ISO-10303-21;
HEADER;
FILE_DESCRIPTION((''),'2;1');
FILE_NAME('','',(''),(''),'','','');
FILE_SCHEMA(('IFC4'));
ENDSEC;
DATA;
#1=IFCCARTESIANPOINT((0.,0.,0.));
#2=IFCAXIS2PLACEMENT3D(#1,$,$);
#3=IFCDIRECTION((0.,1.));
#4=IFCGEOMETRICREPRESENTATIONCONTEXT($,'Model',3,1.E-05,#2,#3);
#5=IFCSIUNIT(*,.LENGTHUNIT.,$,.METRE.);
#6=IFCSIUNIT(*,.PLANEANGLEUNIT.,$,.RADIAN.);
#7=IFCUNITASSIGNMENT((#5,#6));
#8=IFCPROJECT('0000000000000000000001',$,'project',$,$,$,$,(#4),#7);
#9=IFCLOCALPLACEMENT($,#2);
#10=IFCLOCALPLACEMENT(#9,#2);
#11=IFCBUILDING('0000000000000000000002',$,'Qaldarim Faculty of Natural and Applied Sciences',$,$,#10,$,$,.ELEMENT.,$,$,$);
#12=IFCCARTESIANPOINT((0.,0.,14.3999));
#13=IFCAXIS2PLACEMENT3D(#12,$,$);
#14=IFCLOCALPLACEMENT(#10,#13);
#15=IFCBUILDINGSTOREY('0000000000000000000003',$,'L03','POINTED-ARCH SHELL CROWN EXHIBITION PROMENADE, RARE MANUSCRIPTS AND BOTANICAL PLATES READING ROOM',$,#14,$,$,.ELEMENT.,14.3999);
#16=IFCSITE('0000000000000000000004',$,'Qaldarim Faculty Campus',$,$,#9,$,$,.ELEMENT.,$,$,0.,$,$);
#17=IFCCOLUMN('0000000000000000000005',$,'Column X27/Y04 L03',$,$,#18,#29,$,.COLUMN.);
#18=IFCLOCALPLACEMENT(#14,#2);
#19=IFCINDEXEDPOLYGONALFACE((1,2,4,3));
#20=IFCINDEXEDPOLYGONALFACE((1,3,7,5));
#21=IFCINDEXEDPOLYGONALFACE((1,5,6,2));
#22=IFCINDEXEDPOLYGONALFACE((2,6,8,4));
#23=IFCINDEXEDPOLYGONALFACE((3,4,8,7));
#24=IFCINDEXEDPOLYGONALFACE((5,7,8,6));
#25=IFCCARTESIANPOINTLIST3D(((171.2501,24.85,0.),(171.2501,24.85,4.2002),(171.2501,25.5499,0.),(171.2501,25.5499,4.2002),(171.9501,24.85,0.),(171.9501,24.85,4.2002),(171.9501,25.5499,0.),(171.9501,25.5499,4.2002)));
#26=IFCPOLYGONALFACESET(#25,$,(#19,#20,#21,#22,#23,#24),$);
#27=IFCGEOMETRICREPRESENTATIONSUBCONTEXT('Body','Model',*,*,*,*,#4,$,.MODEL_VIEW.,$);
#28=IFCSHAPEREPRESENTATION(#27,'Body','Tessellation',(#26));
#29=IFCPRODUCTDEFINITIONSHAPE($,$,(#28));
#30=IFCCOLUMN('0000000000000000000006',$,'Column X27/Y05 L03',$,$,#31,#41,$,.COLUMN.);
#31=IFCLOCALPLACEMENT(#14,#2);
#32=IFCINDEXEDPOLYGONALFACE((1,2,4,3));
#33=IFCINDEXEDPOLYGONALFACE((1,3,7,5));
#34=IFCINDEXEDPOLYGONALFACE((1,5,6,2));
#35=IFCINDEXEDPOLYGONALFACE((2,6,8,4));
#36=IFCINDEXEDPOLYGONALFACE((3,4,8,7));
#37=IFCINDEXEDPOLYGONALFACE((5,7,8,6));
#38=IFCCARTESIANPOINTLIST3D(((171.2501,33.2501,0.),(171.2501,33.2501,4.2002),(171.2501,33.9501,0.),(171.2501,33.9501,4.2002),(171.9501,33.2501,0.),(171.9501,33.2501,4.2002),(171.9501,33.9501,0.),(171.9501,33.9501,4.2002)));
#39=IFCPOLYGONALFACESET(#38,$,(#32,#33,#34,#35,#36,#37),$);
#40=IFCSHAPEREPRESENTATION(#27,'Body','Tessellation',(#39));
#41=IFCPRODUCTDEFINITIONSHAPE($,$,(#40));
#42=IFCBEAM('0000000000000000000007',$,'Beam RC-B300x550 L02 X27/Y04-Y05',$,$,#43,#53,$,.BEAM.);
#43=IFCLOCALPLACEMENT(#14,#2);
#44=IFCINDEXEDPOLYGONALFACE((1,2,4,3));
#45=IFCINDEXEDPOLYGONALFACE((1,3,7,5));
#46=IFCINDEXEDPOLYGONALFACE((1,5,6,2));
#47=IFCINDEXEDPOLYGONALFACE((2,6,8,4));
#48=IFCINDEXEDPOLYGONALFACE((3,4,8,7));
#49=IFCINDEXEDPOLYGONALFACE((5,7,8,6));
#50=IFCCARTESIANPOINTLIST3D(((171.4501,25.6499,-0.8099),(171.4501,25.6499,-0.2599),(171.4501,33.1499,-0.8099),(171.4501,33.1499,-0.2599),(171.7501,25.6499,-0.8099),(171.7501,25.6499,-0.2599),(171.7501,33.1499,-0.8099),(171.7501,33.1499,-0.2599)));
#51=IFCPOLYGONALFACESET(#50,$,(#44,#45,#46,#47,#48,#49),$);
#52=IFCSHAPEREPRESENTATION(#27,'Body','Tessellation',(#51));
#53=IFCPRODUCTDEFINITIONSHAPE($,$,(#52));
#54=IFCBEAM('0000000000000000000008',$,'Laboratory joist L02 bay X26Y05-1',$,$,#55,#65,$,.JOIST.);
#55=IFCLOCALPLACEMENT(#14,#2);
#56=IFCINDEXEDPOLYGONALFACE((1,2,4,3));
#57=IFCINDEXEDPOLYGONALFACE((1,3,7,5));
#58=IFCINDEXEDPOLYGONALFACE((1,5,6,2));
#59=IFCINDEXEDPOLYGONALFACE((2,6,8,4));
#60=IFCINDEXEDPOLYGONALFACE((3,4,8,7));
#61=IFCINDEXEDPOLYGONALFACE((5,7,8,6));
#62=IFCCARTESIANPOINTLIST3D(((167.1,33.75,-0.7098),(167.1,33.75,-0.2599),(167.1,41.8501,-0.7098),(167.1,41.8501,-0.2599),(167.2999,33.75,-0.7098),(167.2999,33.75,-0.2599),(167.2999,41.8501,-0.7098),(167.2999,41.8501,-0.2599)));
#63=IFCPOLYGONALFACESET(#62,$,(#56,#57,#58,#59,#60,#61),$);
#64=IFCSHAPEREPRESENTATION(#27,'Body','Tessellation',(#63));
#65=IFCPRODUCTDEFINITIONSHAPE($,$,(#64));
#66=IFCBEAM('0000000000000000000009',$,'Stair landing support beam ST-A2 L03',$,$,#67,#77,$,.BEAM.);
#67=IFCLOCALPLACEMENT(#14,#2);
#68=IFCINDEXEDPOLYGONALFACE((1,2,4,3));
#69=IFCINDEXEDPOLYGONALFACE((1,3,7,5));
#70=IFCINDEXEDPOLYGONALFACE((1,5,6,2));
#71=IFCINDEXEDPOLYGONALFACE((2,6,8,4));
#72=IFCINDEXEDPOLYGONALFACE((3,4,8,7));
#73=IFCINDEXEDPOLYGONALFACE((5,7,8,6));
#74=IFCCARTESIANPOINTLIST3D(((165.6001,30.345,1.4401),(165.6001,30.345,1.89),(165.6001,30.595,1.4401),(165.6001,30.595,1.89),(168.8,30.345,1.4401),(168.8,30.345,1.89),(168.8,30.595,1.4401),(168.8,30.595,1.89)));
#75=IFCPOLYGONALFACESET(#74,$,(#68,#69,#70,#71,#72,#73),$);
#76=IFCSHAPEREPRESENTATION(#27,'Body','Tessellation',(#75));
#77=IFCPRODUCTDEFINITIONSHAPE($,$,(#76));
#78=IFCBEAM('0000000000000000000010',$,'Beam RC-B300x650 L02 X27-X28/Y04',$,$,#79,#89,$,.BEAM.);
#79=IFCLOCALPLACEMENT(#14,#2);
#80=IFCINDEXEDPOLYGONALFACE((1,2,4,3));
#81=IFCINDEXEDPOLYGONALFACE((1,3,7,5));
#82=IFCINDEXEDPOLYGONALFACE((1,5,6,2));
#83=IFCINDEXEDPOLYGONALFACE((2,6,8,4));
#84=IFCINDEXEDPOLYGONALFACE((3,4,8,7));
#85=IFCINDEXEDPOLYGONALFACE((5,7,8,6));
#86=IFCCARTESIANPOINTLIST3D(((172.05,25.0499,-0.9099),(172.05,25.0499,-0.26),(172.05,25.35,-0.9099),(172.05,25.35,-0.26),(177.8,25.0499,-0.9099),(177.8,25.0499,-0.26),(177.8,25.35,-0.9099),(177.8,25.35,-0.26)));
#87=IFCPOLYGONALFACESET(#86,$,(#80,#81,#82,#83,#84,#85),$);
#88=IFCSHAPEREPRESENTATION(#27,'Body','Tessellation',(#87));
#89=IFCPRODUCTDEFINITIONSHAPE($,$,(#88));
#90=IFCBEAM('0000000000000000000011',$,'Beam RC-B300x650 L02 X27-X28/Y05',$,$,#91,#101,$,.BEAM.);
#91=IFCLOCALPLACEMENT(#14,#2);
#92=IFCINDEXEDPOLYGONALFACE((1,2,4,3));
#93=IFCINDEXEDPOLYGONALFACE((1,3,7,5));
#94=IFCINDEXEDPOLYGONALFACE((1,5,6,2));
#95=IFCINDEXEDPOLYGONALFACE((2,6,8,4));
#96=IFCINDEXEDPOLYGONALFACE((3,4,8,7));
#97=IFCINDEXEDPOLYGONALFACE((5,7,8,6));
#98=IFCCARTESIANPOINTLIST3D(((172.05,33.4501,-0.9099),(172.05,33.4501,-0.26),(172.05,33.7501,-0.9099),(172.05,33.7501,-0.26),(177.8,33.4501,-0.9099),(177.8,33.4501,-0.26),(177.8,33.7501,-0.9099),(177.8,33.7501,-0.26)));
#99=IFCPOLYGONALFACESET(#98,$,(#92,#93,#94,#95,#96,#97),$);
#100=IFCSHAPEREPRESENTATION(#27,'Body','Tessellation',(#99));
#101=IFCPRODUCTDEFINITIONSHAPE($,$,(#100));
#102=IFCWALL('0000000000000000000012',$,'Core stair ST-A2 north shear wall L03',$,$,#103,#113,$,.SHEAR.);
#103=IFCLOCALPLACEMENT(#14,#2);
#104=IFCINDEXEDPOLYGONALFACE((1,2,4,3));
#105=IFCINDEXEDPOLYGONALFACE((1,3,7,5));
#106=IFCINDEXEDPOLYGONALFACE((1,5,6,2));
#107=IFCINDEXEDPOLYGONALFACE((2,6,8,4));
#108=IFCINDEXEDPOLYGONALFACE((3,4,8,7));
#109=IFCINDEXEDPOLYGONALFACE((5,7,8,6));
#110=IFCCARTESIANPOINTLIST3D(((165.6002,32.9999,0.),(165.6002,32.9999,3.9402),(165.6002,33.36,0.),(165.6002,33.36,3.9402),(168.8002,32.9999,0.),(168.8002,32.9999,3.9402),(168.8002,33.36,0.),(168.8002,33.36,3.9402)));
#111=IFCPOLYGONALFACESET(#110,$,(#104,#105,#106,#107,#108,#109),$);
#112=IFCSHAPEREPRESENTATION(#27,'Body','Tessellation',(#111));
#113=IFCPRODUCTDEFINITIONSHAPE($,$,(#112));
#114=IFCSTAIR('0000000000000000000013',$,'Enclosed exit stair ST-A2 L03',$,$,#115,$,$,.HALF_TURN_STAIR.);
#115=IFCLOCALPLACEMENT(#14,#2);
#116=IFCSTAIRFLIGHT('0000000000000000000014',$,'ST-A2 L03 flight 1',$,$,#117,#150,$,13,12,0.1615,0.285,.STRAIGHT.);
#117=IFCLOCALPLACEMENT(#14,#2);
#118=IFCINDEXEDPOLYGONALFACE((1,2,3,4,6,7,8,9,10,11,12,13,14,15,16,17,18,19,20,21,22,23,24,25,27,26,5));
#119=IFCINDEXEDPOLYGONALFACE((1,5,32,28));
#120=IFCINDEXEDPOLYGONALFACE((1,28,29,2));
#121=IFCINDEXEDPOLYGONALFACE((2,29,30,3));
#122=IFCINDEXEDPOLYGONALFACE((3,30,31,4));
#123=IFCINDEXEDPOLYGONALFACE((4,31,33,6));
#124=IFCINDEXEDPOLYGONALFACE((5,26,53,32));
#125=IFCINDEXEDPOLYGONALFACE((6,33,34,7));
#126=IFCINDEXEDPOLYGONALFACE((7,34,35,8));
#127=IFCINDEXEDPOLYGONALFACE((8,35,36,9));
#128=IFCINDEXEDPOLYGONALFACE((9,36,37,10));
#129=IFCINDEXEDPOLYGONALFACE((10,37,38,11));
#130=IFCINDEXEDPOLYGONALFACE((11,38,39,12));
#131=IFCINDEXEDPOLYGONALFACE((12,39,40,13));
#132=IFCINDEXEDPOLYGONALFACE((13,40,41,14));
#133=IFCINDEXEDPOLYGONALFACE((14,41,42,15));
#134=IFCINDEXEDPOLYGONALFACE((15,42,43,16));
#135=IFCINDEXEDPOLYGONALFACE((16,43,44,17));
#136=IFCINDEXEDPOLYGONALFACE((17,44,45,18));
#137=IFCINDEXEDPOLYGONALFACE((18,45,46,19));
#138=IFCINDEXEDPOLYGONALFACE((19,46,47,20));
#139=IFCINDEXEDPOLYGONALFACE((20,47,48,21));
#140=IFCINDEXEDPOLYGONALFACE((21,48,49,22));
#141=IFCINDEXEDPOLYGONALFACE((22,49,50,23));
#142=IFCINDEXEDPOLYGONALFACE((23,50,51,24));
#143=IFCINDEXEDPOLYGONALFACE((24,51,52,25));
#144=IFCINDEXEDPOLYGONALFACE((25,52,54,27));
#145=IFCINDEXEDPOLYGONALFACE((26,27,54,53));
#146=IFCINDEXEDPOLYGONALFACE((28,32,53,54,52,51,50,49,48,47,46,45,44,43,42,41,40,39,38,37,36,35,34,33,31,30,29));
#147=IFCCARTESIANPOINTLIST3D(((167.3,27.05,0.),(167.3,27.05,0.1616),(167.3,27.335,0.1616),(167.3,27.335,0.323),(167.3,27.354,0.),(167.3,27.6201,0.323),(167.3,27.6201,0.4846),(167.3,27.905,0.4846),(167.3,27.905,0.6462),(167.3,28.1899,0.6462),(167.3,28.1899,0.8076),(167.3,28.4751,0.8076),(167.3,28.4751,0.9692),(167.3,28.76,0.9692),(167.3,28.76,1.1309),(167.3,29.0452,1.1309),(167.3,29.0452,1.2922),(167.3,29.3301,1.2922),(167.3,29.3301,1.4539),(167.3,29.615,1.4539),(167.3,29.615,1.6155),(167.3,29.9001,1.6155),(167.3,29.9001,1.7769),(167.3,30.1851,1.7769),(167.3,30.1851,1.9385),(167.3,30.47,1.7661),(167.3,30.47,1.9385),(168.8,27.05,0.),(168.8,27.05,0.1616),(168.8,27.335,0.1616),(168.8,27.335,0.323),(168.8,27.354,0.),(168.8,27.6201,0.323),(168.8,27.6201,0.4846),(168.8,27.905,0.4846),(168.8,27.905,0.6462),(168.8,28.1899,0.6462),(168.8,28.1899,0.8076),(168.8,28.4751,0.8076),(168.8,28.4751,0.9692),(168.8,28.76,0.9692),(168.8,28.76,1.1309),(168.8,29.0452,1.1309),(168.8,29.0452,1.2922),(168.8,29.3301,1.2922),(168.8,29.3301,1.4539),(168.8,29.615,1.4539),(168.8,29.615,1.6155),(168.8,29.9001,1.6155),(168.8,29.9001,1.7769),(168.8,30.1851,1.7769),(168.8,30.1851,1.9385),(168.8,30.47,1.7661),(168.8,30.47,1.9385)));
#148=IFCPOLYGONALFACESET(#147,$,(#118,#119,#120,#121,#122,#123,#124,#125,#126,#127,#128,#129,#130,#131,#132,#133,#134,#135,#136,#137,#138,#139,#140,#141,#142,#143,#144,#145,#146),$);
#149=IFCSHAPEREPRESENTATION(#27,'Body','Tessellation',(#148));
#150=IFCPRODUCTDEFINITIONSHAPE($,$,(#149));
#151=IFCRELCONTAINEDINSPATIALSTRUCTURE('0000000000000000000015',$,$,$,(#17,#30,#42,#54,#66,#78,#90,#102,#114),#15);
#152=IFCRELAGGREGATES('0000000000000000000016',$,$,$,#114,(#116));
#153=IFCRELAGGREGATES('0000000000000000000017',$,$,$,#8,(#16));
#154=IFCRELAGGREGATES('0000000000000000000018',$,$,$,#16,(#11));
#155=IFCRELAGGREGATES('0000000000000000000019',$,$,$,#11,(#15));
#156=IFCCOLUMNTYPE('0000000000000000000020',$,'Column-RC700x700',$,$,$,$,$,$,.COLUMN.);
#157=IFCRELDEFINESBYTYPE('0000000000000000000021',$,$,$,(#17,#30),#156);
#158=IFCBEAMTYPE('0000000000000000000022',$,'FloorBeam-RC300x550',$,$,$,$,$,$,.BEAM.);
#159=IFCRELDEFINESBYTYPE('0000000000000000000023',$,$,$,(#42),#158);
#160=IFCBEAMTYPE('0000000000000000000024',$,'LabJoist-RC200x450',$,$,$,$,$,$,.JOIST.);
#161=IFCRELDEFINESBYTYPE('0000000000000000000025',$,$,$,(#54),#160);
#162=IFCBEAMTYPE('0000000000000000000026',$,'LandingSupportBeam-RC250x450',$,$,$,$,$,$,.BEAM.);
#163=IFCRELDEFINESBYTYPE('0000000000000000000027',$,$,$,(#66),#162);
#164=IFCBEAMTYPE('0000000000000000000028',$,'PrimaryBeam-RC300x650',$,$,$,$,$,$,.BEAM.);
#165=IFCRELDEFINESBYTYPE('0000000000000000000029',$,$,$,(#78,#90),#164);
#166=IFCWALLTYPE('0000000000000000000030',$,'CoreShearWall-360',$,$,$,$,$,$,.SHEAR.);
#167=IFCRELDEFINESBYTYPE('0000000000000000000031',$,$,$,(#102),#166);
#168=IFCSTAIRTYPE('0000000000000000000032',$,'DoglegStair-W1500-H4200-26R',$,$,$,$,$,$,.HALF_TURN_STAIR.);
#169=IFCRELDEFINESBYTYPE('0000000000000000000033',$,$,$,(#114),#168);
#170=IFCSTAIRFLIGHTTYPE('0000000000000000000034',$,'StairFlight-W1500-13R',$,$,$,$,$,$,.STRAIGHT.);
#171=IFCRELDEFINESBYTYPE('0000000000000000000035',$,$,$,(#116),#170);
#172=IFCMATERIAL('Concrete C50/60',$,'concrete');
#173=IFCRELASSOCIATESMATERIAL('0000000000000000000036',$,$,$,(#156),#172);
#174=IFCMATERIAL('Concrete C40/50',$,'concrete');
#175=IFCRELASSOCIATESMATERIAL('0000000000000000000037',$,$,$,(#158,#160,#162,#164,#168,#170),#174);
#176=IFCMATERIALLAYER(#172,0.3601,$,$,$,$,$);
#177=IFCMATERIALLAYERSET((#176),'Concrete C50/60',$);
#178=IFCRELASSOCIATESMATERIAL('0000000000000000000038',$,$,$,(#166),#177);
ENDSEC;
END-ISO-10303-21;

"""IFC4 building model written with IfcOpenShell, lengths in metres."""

from ifc_helpers import new_model, si_unit, direction, frame, frame_2d, origin, origin_2d, place, context, subcontext, project, spatial, polyline, rectangle, outline, extrude, material, layer, layer_set, material_profile, profile_set, type_object, element, aggregate, save


model = new_model("IFC4")

# Units and contexts
model_context = context("Model", 3, precision=1e-05, world=origin(), true_north=direction((0.0, 1.0)))
body_context = subcontext(model_context, "Body", "Model", "MODEL_VIEW")
ifc_project = project(units=[si_unit("LENGTHUNIT", "METRE"), si_unit("PLANEANGLEUNIT", "RADIAN")], contexts=[model_context])

# Site, building, storey
site_placement = place(None, origin())
site = spatial("IfcSite", under=ifc_project, at=site_placement, Name="Qaldarim Faculty Campus", CompositionType="ELEMENT", RefElevation=0.0)
building_placement = place(site_placement, origin())
building = spatial("IfcBuilding", under=site, at=building_placement, Name="Qaldarim Faculty of Natural and Applied Sciences", CompositionType="ELEMENT")
storey_placement = place(building_placement, frame((0.0, 0.0, 14.3999)))
storey = spatial("IfcBuildingStorey", under=building, at=storey_placement, Name="L03", Description="POINTED-ARCH SHELL CROWN EXHIBITION PROMENADE, RARE MANUSCRIPTS AND BOTANICAL PLATES READING ROOM", CompositionType="ELEMENT", Elevation=14.3999)

# Columns
ifc_material_1 = material(Name="Concrete C50/60", Category="concrete")
ifc_material_profile_1 = material_profile(ifc_material_1, rectangle(XDim=0.7, YDim=0.7, at=origin_2d()), Name="RC-C700x700")
ifc_profile_set_1 = profile_set([ifc_material_profile_1], Name="Concrete C50/60")
column_type = type_object("IfcColumnType", Name="Column-RC700x700", PredefinedType="COLUMN", material=ifc_profile_set_1)
for number, where, z_axis, x_axis, name in (
    (1, (171.6001, 25.2, 0.0), (0.0, 0.0, 1.0), (1.0, 0.0, 0.0), "Column X27/Y04 L03"),
    (2, (171.6001, 33.6001, 0.0), (0.0, 0.0, 1.0), (1.0, 0.0, 0.0), "Column X27/Y05 L03"),
):
    element("IfcColumn", number, at=place(storey_placement, frame(where, z_axis=z_axis, x_axis=x_axis)), inside=storey, type_object=column_type, Name=name, PredefinedType="COLUMN", context=body_context, shape_type="SweptSolid", body=[
        extrude(rectangle(XDim=0.7, YDim=0.7, at=origin_2d()), origin(), (0.0, 0.0, 1.0), 4.2002),
    ])

# Beams
ifc_material_2 = material(Name="Concrete C40/50", Category="concrete")
ifc_material_profile_2 = material_profile(ifc_material_2, rectangle(XDim=0.3, YDim=0.55, at=origin_2d()), Name="RC-B300x550")
ifc_profile_set_2 = profile_set([ifc_material_profile_2], Name="Concrete C40/50")
beam_type_1 = type_object("IfcBeamType", Name="FloorBeam-RC300x550", PredefinedType="BEAM", material=ifc_profile_set_2)
beam_1_placement = place(storey_placement, frame((171.6001, 25.6499, -0.5349), z_axis=(0.0, 1.0, 0.0), x_axis=(-1.0, 0.0, 0.0)))
element("IfcBeam", 3, at=beam_1_placement, inside=storey, type_object=beam_type_1, Name="Beam RC-B300x550 L02 X27/Y04-Y05", PredefinedType="BEAM", context=body_context, shape_type="SweptSolid", body=[
    extrude(rectangle(XDim=0.3, YDim=0.55, at=origin_2d()), origin(), (0.0, 0.0, 1.0), 7.5),
])
ifc_material_profile_3 = material_profile(ifc_material_2, rectangle(XDim=0.2, YDim=0.45, at=origin_2d()), Name="RC-J200x450")
ifc_profile_set_3 = profile_set([ifc_material_profile_3], Name="Concrete C40/50")
beam_type_2 = type_object("IfcBeamType", Name="LabJoist-RC200x450", PredefinedType="JOIST", material=ifc_profile_set_3)
beam_2_placement = place(storey_placement, frame((167.2, 33.75, -0.4849), z_axis=(0.0, 1.0, 0.0), x_axis=(-1.0, 0.0, 0.0)))
element("IfcBeam", 4, at=beam_2_placement, inside=storey, type_object=beam_type_2, Name="Laboratory joist L02 bay X26Y05-1", PredefinedType="JOIST", context=body_context, shape_type="SweptSolid", body=[
    extrude(rectangle(XDim=0.2, YDim=0.45, at=origin_2d()), origin(), (0.0, 0.0, 1.0), 8.1001),
])
ifc_material_profile_4 = material_profile(ifc_material_2, rectangle(XDim=0.25, YDim=0.45, at=origin_2d()), Name="RC-LN250x450")
ifc_profile_set_4 = profile_set([ifc_material_profile_4], Name="Concrete C40/50")
beam_type_3 = type_object("IfcBeamType", Name="LandingSupportBeam-RC250x450", PredefinedType="BEAM", material=ifc_profile_set_4)
beam_3_placement = place(storey_placement, frame((165.6001, 30.47, 1.665), z_axis=(1.0, 0.0, 0.0), x_axis=(0.0, 1.0, 0.0)))
element("IfcBeam", 5, at=beam_3_placement, inside=storey, type_object=beam_type_3, Name="Stair landing support beam ST-A2 L03", PredefinedType="BEAM", context=body_context, shape_type="SweptSolid", body=[
    extrude(rectangle(XDim=0.25, YDim=0.45, at=origin_2d()), origin(), (0.0, 0.0, 1.0), 3.2),
])
ifc_material_profile_5 = material_profile(ifc_material_2, rectangle(XDim=0.3, YDim=0.6499, at=origin_2d()), Name="RC-B300x650")
ifc_profile_set_5 = profile_set([ifc_material_profile_5], Name="Concrete C40/50")
beam_type_4 = type_object("IfcBeamType", Name="PrimaryBeam-RC300x650", PredefinedType="BEAM", material=ifc_profile_set_5)
for number, where, z_axis, x_axis, name in (
    (6, (172.05, 25.2, -0.585), (1.0, 0.0, 0.0), (0.0, 1.0, 0.0), "Beam RC-B300x650 L02 X27-X28/Y04"),
    (7, (172.05, 33.6001, -0.585), (1.0, 0.0, 0.0), (0.0, 1.0, 0.0), "Beam RC-B300x650 L02 X27-X28/Y05"),
):
    element("IfcBeam", number, at=place(storey_placement, frame(where, z_axis=z_axis, x_axis=x_axis)), inside=storey, type_object=beam_type_4, Name=name, PredefinedType="BEAM", context=body_context, shape_type="SweptSolid", body=[
        extrude(rectangle(XDim=0.3, YDim=0.6499, at=origin_2d()), origin(), (0.0, 0.0, 1.0), 5.75),
    ])

# Shared definitions
ifc_layer_1 = layer(ifc_material_1, 0.3601)
ifc_layer_set_1 = layer_set([ifc_layer_1], Name="Concrete C50/60")
wall_type_1 = type_object("IfcWallType", Name="CoreShearWall-360", PredefinedType="SHEAR", material=ifc_layer_set_1)

# Wall
wall_1_placement = place(storey_placement, frame((165.6001, 33.1799, 0.0), z_axis=(0.0, 0.0, 1.0), x_axis=(1.0, 0.0, 0.0)))
element("IfcWall", 8, at=wall_1_placement, inside=storey, type_object=wall_type_1, Name="Core stair ST-A2 north shear wall L03", PredefinedType="SHEAR", context=body_context, shape_type="SweptSolid", body=[
    extrude(rectangle(XDim=3.2, YDim=0.3601, at=frame_2d((1.6001, 0.0))), origin(), (0.0, 0.0, 1.0), 3.9402),
])

# Stair, stair flight
stair_type_1 = type_object("IfcStairType", Name="DoglegStair-W1500-H4200-26R", PredefinedType="HALF_TURN_STAIR", material=ifc_material_2)
stair_1_placement = place(storey_placement, origin())
stair_1 = element("IfcStair", 9, at=stair_1_placement, inside=storey, type_object=stair_type_1, Name="Enclosed exit stair ST-A2 L03", PredefinedType="HALF_TURN_STAIR")
stair_flight_type_1 = type_object("IfcStairFlightType", Name="StairFlight-W1500-13R", PredefinedType="STRAIGHT", material=ifc_material_2)
stair_flight_1_placement = place(storey_placement, frame((168.05, 27.05, 0.0), z_axis=(0.0, 0.0, 1.0), x_axis=(0.0, 1.0, 0.0)))
stair_flight_1 = element("IfcStairFlight", 10, at=stair_flight_1_placement, type_object=stair_flight_type_1, Name="ST-A2 L03 flight 1", NumberOfRisers=13, NumberOfTreads=12, PredefinedType="STRAIGHT", RiserHeight=0.1615, TreadLength=0.285, context=body_context, shape_type="SweptSolid", body=[
    extrude(outline(polyline([(0.0, 0.0), (0.0, 0.1616), (0.2849, 0.1616), (0.2849, 0.323), (0.5701, 0.323), (0.5701, 0.4846), (0.855, 0.4846), (0.855, 0.6462), (1.1399, 0.6462), (1.1399, 0.8076), (1.425, 0.8076), (1.425, 0.9692), (1.71, 0.9692), (1.71, 1.1309), (1.9951, 1.1309), (1.9951, 1.2922), (2.28, 1.2922), (2.28, 1.4539), (2.5649, 1.4539), (2.5649, 1.6155), (2.8501, 1.6155), (2.8501, 1.7769), (3.135, 1.7769), (3.135, 1.9385), (3.4199, 1.9385), (3.4199, 2.1001), (3.4199, 1.7661), (0.304, 0.0), (0.0, 0.0)])), frame((0.0, 0.75, 0.0), z_axis=(0.0, -1.0, 0.0), x_axis=(1.0, 0.0, 0.0)), (0.0, 0.0, 1.0), 1.5),
])
aggregate(stair_1, [stair_flight_1])

save(model, "model.ifc")
